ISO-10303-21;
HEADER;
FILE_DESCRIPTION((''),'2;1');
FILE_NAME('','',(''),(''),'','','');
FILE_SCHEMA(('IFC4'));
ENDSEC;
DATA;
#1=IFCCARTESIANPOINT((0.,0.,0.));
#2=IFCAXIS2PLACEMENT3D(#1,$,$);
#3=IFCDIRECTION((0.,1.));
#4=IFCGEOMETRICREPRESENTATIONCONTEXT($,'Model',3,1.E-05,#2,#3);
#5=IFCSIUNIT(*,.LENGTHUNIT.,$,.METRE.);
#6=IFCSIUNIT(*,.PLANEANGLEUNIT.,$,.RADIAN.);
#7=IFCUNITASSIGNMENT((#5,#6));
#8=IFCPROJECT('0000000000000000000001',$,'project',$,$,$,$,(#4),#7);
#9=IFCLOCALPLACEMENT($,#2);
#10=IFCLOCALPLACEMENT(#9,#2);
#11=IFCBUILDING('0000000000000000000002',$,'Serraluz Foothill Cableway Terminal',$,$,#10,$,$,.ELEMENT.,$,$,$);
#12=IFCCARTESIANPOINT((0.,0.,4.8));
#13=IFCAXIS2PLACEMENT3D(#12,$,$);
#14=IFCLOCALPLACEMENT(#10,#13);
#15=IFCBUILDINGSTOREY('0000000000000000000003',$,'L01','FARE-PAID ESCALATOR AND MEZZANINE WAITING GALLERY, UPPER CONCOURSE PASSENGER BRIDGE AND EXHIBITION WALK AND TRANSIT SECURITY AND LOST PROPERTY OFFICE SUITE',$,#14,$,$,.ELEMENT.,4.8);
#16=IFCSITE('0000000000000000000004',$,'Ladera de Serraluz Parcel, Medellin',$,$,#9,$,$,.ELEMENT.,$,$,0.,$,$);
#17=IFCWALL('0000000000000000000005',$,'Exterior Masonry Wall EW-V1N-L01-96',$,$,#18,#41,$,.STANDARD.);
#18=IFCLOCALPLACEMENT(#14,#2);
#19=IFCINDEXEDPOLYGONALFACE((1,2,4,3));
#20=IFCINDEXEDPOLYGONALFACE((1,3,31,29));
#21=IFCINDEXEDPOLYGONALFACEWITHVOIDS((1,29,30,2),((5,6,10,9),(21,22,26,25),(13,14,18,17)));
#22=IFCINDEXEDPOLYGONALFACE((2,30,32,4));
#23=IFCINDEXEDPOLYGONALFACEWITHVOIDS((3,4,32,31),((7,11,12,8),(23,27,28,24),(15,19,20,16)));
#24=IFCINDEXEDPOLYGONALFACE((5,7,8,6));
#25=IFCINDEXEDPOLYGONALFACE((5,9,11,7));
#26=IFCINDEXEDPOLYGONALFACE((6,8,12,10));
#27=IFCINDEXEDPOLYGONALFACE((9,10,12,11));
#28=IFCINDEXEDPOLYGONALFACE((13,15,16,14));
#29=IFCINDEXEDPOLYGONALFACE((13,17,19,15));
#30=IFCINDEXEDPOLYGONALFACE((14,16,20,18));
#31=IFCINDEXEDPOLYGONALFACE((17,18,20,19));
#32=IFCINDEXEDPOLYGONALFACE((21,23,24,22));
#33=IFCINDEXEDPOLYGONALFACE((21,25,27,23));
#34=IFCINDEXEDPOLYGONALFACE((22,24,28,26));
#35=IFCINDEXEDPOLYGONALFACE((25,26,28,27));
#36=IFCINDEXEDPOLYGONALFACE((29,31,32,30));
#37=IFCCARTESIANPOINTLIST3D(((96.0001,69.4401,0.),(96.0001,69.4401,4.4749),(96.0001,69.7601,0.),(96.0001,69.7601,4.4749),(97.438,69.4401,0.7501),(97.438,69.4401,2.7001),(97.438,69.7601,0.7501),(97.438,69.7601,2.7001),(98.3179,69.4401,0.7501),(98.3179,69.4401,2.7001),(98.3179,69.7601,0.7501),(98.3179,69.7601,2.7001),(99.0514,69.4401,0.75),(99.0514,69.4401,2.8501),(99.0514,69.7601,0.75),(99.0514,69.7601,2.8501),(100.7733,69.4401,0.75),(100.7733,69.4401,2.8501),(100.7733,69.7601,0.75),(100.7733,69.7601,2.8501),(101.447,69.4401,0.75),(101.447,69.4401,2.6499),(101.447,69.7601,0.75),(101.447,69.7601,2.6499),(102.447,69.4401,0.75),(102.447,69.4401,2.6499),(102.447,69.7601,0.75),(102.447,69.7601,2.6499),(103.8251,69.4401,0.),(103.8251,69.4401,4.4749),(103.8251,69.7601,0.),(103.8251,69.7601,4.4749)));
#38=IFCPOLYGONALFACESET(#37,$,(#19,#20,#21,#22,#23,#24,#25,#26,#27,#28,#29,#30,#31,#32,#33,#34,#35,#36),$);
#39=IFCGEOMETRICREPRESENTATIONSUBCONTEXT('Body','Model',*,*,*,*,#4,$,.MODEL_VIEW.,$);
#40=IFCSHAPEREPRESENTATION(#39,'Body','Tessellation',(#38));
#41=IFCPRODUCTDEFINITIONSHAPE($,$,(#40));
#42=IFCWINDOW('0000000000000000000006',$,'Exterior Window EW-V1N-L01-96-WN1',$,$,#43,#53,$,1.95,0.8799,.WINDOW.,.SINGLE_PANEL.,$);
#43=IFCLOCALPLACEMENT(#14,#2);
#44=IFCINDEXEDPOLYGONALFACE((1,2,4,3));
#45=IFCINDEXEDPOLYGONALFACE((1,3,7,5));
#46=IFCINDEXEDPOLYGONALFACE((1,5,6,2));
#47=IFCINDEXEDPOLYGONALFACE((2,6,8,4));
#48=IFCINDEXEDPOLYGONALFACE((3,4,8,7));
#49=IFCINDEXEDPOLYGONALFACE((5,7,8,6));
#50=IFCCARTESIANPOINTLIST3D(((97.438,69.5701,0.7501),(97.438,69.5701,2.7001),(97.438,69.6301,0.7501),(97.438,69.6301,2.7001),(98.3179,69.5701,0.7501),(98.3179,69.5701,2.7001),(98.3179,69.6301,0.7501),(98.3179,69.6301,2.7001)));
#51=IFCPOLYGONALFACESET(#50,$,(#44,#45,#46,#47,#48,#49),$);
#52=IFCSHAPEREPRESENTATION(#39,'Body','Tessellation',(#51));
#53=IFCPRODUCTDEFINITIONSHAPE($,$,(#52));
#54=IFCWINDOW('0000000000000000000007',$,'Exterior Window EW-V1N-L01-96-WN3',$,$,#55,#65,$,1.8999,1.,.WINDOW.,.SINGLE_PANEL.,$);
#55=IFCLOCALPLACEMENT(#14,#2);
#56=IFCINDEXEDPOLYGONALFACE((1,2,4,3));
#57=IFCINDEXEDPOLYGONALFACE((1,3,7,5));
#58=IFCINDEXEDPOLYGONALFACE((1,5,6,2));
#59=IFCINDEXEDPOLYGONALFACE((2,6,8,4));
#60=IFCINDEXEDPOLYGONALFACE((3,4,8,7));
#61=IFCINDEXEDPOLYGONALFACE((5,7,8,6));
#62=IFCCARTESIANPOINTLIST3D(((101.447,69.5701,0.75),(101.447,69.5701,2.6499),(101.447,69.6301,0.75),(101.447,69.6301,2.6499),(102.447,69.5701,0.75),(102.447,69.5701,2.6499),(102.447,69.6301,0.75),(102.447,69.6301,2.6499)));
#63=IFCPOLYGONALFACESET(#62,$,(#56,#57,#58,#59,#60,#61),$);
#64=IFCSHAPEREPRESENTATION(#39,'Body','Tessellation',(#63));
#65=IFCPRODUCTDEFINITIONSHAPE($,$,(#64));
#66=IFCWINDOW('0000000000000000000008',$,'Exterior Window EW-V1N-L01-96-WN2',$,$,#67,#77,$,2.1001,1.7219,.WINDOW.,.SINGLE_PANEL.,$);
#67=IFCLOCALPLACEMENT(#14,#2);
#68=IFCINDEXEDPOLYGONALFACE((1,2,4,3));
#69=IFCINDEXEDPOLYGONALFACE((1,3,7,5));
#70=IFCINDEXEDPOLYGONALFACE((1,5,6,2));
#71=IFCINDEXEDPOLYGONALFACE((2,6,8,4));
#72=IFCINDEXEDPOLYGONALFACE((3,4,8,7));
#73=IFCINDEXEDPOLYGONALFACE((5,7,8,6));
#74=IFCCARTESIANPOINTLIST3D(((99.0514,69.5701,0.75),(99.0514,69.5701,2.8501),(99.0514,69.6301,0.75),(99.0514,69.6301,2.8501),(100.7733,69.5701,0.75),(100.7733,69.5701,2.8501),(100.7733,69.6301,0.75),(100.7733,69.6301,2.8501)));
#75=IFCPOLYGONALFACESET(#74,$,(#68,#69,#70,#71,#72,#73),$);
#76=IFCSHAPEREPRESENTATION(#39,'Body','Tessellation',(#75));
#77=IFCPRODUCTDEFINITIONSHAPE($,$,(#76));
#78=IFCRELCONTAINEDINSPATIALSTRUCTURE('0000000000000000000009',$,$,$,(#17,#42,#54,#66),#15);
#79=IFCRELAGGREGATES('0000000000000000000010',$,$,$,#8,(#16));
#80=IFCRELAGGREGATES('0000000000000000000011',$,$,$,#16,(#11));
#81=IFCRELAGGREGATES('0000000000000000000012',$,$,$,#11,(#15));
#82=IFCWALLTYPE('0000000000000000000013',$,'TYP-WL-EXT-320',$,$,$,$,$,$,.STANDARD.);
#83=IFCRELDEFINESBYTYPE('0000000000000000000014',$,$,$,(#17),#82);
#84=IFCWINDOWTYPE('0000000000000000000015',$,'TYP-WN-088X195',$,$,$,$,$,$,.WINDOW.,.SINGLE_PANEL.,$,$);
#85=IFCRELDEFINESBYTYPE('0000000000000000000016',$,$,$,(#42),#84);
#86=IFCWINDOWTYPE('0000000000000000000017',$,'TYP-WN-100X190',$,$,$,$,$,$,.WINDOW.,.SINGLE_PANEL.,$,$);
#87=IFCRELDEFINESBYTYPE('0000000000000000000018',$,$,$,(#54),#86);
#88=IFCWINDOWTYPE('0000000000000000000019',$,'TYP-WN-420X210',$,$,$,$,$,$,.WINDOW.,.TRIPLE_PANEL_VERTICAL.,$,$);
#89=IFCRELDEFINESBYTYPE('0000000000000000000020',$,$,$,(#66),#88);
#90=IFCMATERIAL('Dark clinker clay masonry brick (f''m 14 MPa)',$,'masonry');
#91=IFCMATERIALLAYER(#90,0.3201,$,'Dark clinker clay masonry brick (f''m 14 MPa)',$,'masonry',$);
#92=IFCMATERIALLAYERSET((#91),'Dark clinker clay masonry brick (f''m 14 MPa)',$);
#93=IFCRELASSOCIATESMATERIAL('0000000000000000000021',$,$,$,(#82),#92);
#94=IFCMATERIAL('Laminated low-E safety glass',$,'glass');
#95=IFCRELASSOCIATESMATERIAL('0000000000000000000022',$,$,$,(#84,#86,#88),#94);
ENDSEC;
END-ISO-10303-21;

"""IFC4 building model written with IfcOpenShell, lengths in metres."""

from ifc_helpers import new_model, si_unit, direction, frame, frame_2d, origin, place, context, subcontext, project, spatial, rectangle, extrude, material, layer, layer_set, type_object, element, fill, save


model = new_model("IFC4")

# Units and contexts
model_context = context("Model", 3, precision=1e-05, world=origin(), true_north=direction((0.0, 1.0)))
body_context = subcontext(model_context, "Body", "Model", "MODEL_VIEW")
ifc_project = project(units=[si_unit("LENGTHUNIT", "METRE"), si_unit("PLANEANGLEUNIT", "RADIAN")], contexts=[model_context])

# Site, building, storey
site_placement = place(None, origin())
site = spatial("IfcSite", under=ifc_project, at=site_placement, Name="Ladera de Serraluz Parcel, Medellin", CompositionType="ELEMENT", RefElevation=0.0)
building_placement = place(site_placement, origin())
building = spatial("IfcBuilding", under=site, at=building_placement, Name="Serraluz Foothill Cableway Terminal", CompositionType="ELEMENT")
storey_placement = place(building_placement, frame((0.0, 0.0, 4.8)))
storey = spatial("IfcBuildingStorey", under=building, at=storey_placement, Name="L01", Description="FARE-PAID ESCALATOR AND MEZZANINE WAITING GALLERY, UPPER CONCOURSE PASSENGER BRIDGE AND EXHIBITION WALK AND TRANSIT SECURITY AND LOST PROPERTY OFFICE SUITE", CompositionType="ELEMENT", Elevation=4.8)

# Wall, openings, windows
ifc_material_1 = material(Name="Dark clinker clay masonry brick (f'm 14 MPa)", Category="masonry")
ifc_layer_1 = layer(ifc_material_1, 0.3201, Name="Dark clinker clay masonry brick (f'm 14 MPa)", Category="masonry")
ifc_layer_set_1 = layer_set([ifc_layer_1], Name="Dark clinker clay masonry brick (f'm 14 MPa)")
wall_type = type_object("IfcWallType", Name="TYP-WL-EXT-320", PredefinedType="STANDARD", material=ifc_layer_set_1)
wall_placement = place(storey_placement, frame((96.0, 69.6001, 0.0), z_axis=(0.0, 0.0, 1.0), x_axis=(1.0, 0.0, 0.0)))
wall = element("IfcWall", 1, at=wall_placement, inside=storey, type_object=wall_type, Name="Exterior Masonry Wall EW-V1N-L01-96", PredefinedType="STANDARD", context=body_context, shape_type="SweptSolid", body=[
    extrude(rectangle(XDim=7.825, YDim=0.3201, at=frame_2d((3.9126, 0.0))), origin(), (0.0, 0.0, 1.0), 4.4749),
])
opening_1_placement = place(wall_placement, frame((1.438, 0.0, 0.75)))
opening_1 = element("IfcOpeningElement", 2, at=opening_1_placement, cuts=wall, PredefinedType="OPENING", context=body_context, shape_type="SweptSolid", body=[
    extrude(rectangle(XDim=0.8799, YDim=1.95, at=frame_2d((0.4399, 0.9751))), frame((0.0, 0.1699, 0.0), z_axis=(0.0, -1.0, 0.0), x_axis=(1.0, 0.0, 0.0)), (0.0, 0.0, 1.0), 0.3401),
])
opening_2_placement = place(wall_placement, frame((3.0515, 0.0, 0.75)))
opening_2 = element("IfcOpeningElement", 3, at=opening_2_placement, cuts=wall, PredefinedType="OPENING", context=body_context, shape_type="SweptSolid", body=[
    extrude(rectangle(XDim=1.7219, YDim=2.1001, at=frame_2d((0.8608, 1.05))), frame((0.0, 0.1699, 0.0), z_axis=(0.0, -1.0, 0.0), x_axis=(1.0, 0.0, 0.0)), (0.0, 0.0, 1.0), 0.3401),
])
opening_3_placement = place(wall_placement, frame((5.447, 0.0, 0.75)))
opening_3 = element("IfcOpeningElement", 4, at=opening_3_placement, cuts=wall, PredefinedType="OPENING", context=body_context, shape_type="SweptSolid", body=[
    extrude(rectangle(XDim=1.0, YDim=1.8999, at=frame_2d((0.5, 0.95))), frame((0.0, 0.1699, 0.0), z_axis=(0.0, -1.0, 0.0), x_axis=(1.0, 0.0, 0.0)), (0.0, 0.0, 1.0), 0.3401),
])
ifc_material_2 = material(Name="Laminated low-E safety glass", Category="glass")
window_type_1 = type_object("IfcWindowType", Name="TYP-WN-088X195", PartitioningType="SINGLE_PANEL", PredefinedType="WINDOW", material=ifc_material_2)
window_1_placement = place(opening_1_placement, origin())
window_1 = element("IfcWindow", 5, at=window_1_placement, inside=storey, type_object=window_type_1, Name="Exterior Window EW-V1N-L01-96-WN1", OverallHeight=1.95, OverallWidth=0.8799, PartitioningType="SINGLE_PANEL", PredefinedType="WINDOW", context=body_context, shape_type="SweptSolid", body=[
    extrude(rectangle(XDim=0.8799, YDim=1.95, at=frame_2d((0.4399, 0.9751))), frame((0.0, 0.03, 0.0), z_axis=(0.0, -1.0, 0.0), x_axis=(1.0, 0.0, 0.0)), (0.0, 0.0, 1.0), 0.0601),
])
fill(opening_1, window_1)
window_type_2 = type_object("IfcWindowType", Name="TYP-WN-100X190", PartitioningType="SINGLE_PANEL", PredefinedType="WINDOW", material=ifc_material_2)
window_2_placement = place(opening_3_placement, origin())
window_2 = element("IfcWindow", 6, at=window_2_placement, inside=storey, type_object=window_type_2, Name="Exterior Window EW-V1N-L01-96-WN3", OverallHeight=1.8999, OverallWidth=1.0, PartitioningType="SINGLE_PANEL", PredefinedType="WINDOW", context=body_context, shape_type="SweptSolid", body=[
    extrude(rectangle(XDim=1.0, YDim=1.8999, at=frame_2d((0.5, 0.95))), frame((0.0, 0.03, 0.0), z_axis=(0.0, -1.0, 0.0), x_axis=(1.0, 0.0, 0.0)), (0.0, 0.0, 1.0), 0.0601),
])
fill(opening_3, window_2)
window_type_3 = type_object("IfcWindowType", Name="TYP-WN-420X210", PartitioningType="TRIPLE_PANEL_VERTICAL", PredefinedType="WINDOW", material=ifc_material_2)
window_3_placement = place(opening_2_placement, origin())
window_3 = element("IfcWindow", 7, at=window_3_placement, inside=storey, type_object=window_type_3, Name="Exterior Window EW-V1N-L01-96-WN2", OverallHeight=2.1001, OverallWidth=1.7219, PartitioningType="SINGLE_PANEL", PredefinedType="WINDOW", context=body_context, shape_type="SweptSolid", body=[
    extrude(rectangle(XDim=1.7219, YDim=2.1001, at=frame_2d((0.8608, 1.05))), frame((0.0, 0.03, 0.0), z_axis=(0.0, -1.0, 0.0), x_axis=(1.0, 0.0, 0.0)), (0.0, 0.0, 1.0), 0.0601),
])
fill(opening_2, window_3)

save(model, "model.ifc")
